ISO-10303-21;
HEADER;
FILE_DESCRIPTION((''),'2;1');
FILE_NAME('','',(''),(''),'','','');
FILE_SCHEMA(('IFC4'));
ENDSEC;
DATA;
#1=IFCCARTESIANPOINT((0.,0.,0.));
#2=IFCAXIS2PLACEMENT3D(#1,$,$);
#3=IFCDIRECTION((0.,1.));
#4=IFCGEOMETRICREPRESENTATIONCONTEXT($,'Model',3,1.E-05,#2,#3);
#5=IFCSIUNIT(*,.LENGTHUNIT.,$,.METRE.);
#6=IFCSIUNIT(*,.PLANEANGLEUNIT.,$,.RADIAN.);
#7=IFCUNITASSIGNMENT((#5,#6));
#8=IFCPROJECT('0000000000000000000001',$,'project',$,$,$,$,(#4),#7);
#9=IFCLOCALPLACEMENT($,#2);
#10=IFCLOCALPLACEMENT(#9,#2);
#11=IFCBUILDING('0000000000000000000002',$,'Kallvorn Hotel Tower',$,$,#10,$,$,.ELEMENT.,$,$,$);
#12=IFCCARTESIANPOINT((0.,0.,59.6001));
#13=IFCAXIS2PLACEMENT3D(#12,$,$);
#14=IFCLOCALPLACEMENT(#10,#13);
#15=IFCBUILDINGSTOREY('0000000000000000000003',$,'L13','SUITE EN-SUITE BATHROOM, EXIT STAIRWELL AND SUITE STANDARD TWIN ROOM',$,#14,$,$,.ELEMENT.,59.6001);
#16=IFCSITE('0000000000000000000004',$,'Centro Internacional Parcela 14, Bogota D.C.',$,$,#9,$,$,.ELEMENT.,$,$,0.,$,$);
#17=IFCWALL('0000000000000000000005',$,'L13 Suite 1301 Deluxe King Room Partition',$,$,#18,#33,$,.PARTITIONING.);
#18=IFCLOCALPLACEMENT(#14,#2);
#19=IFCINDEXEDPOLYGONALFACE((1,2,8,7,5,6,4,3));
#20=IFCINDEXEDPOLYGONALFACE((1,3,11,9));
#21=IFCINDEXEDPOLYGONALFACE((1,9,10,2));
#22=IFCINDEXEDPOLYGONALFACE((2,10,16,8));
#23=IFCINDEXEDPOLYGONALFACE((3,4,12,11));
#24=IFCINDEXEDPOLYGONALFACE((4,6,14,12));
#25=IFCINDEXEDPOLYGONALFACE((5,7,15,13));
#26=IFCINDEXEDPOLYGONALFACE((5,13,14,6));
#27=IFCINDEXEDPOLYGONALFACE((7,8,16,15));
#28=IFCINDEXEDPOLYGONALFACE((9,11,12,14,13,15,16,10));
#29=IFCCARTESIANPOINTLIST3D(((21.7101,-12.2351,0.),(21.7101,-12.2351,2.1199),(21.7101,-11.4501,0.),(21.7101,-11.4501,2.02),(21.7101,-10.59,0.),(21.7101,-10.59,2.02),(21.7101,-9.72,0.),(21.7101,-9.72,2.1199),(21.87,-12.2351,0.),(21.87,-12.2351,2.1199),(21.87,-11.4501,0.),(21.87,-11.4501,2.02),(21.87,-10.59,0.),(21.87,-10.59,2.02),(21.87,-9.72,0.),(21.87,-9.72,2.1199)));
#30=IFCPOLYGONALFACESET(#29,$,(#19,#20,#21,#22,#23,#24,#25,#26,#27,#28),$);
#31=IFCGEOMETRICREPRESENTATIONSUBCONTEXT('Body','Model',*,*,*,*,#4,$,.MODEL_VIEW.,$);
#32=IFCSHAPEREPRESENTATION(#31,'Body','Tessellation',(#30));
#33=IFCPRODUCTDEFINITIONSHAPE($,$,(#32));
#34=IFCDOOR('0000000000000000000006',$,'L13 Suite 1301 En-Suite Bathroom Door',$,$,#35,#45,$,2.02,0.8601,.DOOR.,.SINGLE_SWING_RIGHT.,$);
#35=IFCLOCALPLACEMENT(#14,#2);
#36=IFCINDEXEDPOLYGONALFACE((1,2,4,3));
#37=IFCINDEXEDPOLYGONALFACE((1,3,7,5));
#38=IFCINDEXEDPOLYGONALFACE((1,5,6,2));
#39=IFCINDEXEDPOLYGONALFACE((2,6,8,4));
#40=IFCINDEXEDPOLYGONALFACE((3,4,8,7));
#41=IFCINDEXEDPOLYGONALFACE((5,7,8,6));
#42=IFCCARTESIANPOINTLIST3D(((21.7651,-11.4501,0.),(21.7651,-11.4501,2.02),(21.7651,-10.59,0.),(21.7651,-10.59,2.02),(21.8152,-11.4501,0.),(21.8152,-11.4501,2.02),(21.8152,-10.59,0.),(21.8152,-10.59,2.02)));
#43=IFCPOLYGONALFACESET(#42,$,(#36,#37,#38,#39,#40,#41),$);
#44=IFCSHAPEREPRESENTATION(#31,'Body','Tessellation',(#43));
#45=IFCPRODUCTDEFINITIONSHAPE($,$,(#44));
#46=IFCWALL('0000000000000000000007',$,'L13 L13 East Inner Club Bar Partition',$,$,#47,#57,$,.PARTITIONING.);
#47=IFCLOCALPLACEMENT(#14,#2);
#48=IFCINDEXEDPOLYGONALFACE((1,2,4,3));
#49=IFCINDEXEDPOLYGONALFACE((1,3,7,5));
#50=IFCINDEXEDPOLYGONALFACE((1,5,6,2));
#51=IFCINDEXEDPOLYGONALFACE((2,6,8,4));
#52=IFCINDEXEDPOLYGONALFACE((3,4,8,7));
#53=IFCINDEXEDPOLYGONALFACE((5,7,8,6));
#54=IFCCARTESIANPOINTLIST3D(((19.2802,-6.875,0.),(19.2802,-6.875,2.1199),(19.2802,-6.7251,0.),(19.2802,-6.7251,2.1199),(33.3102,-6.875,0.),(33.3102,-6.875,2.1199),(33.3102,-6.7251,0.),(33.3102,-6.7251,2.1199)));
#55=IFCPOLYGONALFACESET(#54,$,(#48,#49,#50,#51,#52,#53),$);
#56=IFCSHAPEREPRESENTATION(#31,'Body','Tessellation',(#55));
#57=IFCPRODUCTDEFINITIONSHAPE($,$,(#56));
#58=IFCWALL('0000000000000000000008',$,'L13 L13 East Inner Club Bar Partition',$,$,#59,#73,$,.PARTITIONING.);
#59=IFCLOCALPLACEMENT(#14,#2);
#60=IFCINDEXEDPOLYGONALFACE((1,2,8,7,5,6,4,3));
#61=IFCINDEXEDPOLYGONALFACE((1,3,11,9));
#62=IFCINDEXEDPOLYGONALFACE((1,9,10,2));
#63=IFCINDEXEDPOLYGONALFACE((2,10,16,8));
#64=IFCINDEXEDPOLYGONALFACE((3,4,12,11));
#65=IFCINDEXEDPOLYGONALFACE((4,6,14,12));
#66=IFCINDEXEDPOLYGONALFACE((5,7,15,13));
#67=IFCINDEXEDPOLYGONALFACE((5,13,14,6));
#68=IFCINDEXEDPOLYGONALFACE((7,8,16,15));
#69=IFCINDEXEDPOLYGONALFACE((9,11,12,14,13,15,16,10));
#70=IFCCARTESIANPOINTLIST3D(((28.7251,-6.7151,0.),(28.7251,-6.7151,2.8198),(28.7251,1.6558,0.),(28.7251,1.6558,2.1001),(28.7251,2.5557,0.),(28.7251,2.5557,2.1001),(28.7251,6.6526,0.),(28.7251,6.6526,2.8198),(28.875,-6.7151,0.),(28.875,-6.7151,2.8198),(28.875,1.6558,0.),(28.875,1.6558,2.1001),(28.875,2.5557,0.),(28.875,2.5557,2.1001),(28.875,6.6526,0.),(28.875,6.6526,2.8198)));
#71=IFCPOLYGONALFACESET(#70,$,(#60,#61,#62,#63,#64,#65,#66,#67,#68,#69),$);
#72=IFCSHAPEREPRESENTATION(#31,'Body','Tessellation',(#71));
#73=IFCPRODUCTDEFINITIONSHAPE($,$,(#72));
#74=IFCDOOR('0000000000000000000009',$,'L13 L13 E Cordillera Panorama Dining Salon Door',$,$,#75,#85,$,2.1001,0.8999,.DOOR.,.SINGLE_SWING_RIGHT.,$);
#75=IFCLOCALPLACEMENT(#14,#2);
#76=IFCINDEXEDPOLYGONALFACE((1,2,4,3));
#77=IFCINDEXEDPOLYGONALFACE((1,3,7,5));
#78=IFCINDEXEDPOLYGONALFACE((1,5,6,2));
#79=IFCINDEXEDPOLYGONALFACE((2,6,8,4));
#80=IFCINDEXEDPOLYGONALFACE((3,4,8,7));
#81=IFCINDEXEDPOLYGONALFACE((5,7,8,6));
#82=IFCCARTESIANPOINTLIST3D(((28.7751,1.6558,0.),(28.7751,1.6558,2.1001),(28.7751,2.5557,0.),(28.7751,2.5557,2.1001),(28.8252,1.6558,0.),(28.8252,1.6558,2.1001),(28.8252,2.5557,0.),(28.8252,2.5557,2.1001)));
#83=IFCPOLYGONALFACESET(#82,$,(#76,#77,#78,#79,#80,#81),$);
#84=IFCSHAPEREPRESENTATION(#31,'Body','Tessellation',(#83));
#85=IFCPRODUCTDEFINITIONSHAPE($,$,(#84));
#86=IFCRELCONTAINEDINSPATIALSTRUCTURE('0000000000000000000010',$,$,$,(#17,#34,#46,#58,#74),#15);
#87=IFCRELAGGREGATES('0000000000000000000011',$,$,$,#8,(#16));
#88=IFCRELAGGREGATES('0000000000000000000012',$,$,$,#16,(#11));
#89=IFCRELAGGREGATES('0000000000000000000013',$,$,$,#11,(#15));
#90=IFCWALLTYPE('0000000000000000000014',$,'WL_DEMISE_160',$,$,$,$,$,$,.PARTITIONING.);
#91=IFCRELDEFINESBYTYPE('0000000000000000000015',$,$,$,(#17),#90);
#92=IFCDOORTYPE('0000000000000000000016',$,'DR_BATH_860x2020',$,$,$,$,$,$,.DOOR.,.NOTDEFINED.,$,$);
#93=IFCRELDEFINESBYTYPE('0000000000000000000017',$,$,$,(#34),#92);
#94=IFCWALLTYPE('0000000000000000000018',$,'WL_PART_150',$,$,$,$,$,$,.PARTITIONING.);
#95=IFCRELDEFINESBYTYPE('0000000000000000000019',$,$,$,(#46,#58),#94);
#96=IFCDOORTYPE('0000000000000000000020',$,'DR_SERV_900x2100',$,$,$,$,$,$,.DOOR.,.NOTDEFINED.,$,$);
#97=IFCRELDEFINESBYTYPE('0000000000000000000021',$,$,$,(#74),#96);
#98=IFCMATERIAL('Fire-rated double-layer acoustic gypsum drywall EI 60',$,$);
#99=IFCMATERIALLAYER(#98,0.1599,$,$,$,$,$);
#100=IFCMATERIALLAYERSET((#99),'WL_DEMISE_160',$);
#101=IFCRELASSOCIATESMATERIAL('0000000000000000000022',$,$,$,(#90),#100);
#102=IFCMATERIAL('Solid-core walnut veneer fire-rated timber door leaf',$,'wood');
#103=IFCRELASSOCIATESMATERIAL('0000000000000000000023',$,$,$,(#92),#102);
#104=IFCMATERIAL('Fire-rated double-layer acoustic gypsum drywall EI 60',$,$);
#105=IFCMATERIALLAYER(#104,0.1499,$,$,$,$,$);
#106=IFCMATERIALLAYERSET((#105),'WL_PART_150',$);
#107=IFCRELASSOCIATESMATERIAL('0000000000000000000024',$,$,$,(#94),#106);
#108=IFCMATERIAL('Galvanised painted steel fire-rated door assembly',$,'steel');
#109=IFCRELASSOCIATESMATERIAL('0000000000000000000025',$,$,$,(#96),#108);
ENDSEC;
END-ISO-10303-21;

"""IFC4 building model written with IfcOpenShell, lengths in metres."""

from ifc_helpers import new_model, si_unit, direction, frame, frame_2d, origin, place, context, subcontext, project, spatial, rectangle, extrude, material, layer, layer_set, type_object, element, fill, save


model = new_model("IFC4")

# Units and contexts
model_context = context("Model", 3, precision=1e-05, world=origin(), true_north=direction((0.0, 1.0)))
body_context = subcontext(model_context, "Body", "Model", "MODEL_VIEW")
ifc_project = project(units=[si_unit("LENGTHUNIT", "METRE"), si_unit("PLANEANGLEUNIT", "RADIAN")], contexts=[model_context])

# Site, building, storey
site_placement = place(None, origin())
site = spatial("IfcSite", under=ifc_project, at=site_placement, Name="Centro Internacional Parcela 14, Bogota D.C.", CompositionType="ELEMENT", RefElevation=0.0)
building_placement = place(site_placement, origin())
building = spatial("IfcBuilding", under=site, at=building_placement, Name="Kallvorn Hotel Tower", CompositionType="ELEMENT")
storey_placement = place(building_placement, frame((0.0, 0.0, 59.6001)))
storey = spatial("IfcBuildingStorey", under=building, at=storey_placement, Name="L13", Description="SUITE EN-SUITE BATHROOM, EXIT STAIRWELL AND SUITE STANDARD TWIN ROOM", CompositionType="ELEMENT", Elevation=59.6001)

# Shared definitions
ifc_material_1 = material(Name="Fire-rated double-layer acoustic gypsum drywall EI 60")
ifc_layer_1 = layer(ifc_material_1, 0.1599)
ifc_layer_set_1 = layer_set([ifc_layer_1], Name="WL_DEMISE_160")
wall_type_1 = type_object("IfcWallType", Name="WL_DEMISE_160", PredefinedType="PARTITIONING", material=ifc_layer_set_1)

# Wall, opening, door
wall_1_placement = place(storey_placement, frame((21.79, -12.2351, 0.0), z_axis=(0.0, 0.0, 1.0), x_axis=(0.0, 1.0, 0.0)))
wall_1 = element("IfcWall", 1, at=wall_1_placement, inside=storey, type_object=wall_type_1, Name="L13 Suite 1301 Deluxe King Room Partition", PredefinedType="PARTITIONING", context=body_context, shape_type="SweptSolid", body=[
    extrude(rectangle(XDim=2.5151, YDim=0.1599, at=frame_2d((1.2576, 0.0))), origin(), (0.0, 0.0, 1.0), 2.1199),
])
opening_1_placement = place(wall_1_placement, frame((0.7849, 0.0, 0.0)))
opening_1 = element("IfcOpeningElement", 2, at=opening_1_placement, cuts=wall_1, PredefinedType="OPENING", context=body_context, shape_type="SweptSolid", body=[
    extrude(rectangle(XDim=0.8601, YDim=2.02, at=frame_2d((0.4302, 1.01))), frame((0.0, 0.095, 0.0), z_axis=(0.0, -1.0, 0.0), x_axis=(1.0, 0.0, 0.0)), (0.0, 0.0, 1.0), 0.1899),
])
ifc_material_2 = material(Name="Solid-core walnut veneer fire-rated timber door leaf", Category="wood")
door_type_1 = type_object("IfcDoorType", Name="DR_BATH_860x2020", OperationType="NOTDEFINED", PredefinedType="DOOR", material=ifc_material_2)
door_1_placement = place(opening_1_placement, origin())
door_1 = element("IfcDoor", 3, at=door_1_placement, inside=storey, type_object=door_type_1, Name="L13 Suite 1301 En-Suite Bathroom Door", OperationType="SINGLE_SWING_RIGHT", OverallHeight=2.02, OverallWidth=0.8601, PredefinedType="DOOR", context=body_context, shape_type="SweptSolid", body=[
    extrude(rectangle(XDim=0.8601, YDim=2.02, at=frame_2d((0.4302, 1.01))), frame((0.0, 0.0249, 0.0), z_axis=(0.0, -1.0, 0.0), x_axis=(1.0, 0.0, 0.0)), (0.0, 0.0, 1.0), 0.05),
])
fill(opening_1, door_1)

# Wall
ifc_material_3 = material(Name="Fire-rated double-layer acoustic gypsum drywall EI 60")
ifc_layer_2 = layer(ifc_material_3, 0.1499)
ifc_layer_set_2 = layer_set([ifc_layer_2], Name="WL_PART_150")
wall_type_2 = type_object("IfcWallType", Name="WL_PART_150", PredefinedType="PARTITIONING", material=ifc_layer_set_2)
wall_2_placement = place(storey_placement, frame((19.28, -6.8, 0.0), z_axis=(0.0, 0.0, 1.0), x_axis=(1.0, 0.0, 0.0)))
element("IfcWall", 4, at=wall_2_placement, inside=storey, type_object=wall_type_2, Name="L13 L13 East Inner Club Bar Partition", PredefinedType="PARTITIONING", context=body_context, shape_type="SweptSolid", body=[
    extrude(rectangle(XDim=14.03, YDim=0.1499, at=frame_2d((7.0151, 0.0))), origin(), (0.0, 0.0, 1.0), 2.1199),
])

# Wall, opening, door
wall_3_placement = place(storey_placement, frame((28.8, -6.7151, 0.0), z_axis=(0.0, 0.0, 1.0), x_axis=(0.0, 1.0, 0.0)))
wall_3 = element("IfcWall", 5, at=wall_3_placement, inside=storey, type_object=wall_type_2, Name="L13 L13 East Inner Club Bar Partition", PredefinedType="PARTITIONING", context=body_context, shape_type="SweptSolid", body=[
    extrude(rectangle(XDim=13.3677, YDim=0.1499, at=frame_2d((6.6838, 0.0))), origin(), (0.0, 0.0, 1.0), 2.8198),
])
opening_2_placement = place(wall_3_placement, frame((8.3708, 0.0, 0.0)))
opening_2 = element("IfcOpeningElement", 6, at=opening_2_placement, cuts=wall_3, PredefinedType="OPENING", context=body_context, shape_type="SweptSolid", body=[
    extrude(rectangle(XDim=0.8999, YDim=2.1001, at=frame_2d((0.45, 1.05))), frame((0.0, 0.0898, 0.0), z_axis=(0.0, -1.0, 0.0), x_axis=(1.0, 0.0, 0.0)), (0.0, 0.0, 1.0), 0.1799),
])
ifc_material_4 = material(Name="Galvanised painted steel fire-rated door assembly", Category="steel")
door_type_2 = type_object("IfcDoorType", Name="DR_SERV_900x2100", OperationType="NOTDEFINED", PredefinedType="DOOR", material=ifc_material_4)
door_2_placement = place(opening_2_placement, origin())
door_2 = element("IfcDoor", 7, at=door_2_placement, inside=storey, type_object=door_type_2, Name="L13 L13 E Cordillera Panorama Dining Salon Door", OperationType="SINGLE_SWING_RIGHT", OverallHeight=2.1001, OverallWidth=0.8999, PredefinedType="DOOR", context=body_context, shape_type="SweptSolid", body=[
    extrude(rectangle(XDim=0.8999, YDim=2.1001, at=frame_2d((0.45, 1.05))), frame((0.0, 0.0249, 0.0), z_axis=(0.0, -1.0, 0.0), x_axis=(1.0, 0.0, 0.0)), (0.0, 0.0, 1.0), 0.05),
])
fill(opening_2, door_2)

save(model, "model.ifc")
